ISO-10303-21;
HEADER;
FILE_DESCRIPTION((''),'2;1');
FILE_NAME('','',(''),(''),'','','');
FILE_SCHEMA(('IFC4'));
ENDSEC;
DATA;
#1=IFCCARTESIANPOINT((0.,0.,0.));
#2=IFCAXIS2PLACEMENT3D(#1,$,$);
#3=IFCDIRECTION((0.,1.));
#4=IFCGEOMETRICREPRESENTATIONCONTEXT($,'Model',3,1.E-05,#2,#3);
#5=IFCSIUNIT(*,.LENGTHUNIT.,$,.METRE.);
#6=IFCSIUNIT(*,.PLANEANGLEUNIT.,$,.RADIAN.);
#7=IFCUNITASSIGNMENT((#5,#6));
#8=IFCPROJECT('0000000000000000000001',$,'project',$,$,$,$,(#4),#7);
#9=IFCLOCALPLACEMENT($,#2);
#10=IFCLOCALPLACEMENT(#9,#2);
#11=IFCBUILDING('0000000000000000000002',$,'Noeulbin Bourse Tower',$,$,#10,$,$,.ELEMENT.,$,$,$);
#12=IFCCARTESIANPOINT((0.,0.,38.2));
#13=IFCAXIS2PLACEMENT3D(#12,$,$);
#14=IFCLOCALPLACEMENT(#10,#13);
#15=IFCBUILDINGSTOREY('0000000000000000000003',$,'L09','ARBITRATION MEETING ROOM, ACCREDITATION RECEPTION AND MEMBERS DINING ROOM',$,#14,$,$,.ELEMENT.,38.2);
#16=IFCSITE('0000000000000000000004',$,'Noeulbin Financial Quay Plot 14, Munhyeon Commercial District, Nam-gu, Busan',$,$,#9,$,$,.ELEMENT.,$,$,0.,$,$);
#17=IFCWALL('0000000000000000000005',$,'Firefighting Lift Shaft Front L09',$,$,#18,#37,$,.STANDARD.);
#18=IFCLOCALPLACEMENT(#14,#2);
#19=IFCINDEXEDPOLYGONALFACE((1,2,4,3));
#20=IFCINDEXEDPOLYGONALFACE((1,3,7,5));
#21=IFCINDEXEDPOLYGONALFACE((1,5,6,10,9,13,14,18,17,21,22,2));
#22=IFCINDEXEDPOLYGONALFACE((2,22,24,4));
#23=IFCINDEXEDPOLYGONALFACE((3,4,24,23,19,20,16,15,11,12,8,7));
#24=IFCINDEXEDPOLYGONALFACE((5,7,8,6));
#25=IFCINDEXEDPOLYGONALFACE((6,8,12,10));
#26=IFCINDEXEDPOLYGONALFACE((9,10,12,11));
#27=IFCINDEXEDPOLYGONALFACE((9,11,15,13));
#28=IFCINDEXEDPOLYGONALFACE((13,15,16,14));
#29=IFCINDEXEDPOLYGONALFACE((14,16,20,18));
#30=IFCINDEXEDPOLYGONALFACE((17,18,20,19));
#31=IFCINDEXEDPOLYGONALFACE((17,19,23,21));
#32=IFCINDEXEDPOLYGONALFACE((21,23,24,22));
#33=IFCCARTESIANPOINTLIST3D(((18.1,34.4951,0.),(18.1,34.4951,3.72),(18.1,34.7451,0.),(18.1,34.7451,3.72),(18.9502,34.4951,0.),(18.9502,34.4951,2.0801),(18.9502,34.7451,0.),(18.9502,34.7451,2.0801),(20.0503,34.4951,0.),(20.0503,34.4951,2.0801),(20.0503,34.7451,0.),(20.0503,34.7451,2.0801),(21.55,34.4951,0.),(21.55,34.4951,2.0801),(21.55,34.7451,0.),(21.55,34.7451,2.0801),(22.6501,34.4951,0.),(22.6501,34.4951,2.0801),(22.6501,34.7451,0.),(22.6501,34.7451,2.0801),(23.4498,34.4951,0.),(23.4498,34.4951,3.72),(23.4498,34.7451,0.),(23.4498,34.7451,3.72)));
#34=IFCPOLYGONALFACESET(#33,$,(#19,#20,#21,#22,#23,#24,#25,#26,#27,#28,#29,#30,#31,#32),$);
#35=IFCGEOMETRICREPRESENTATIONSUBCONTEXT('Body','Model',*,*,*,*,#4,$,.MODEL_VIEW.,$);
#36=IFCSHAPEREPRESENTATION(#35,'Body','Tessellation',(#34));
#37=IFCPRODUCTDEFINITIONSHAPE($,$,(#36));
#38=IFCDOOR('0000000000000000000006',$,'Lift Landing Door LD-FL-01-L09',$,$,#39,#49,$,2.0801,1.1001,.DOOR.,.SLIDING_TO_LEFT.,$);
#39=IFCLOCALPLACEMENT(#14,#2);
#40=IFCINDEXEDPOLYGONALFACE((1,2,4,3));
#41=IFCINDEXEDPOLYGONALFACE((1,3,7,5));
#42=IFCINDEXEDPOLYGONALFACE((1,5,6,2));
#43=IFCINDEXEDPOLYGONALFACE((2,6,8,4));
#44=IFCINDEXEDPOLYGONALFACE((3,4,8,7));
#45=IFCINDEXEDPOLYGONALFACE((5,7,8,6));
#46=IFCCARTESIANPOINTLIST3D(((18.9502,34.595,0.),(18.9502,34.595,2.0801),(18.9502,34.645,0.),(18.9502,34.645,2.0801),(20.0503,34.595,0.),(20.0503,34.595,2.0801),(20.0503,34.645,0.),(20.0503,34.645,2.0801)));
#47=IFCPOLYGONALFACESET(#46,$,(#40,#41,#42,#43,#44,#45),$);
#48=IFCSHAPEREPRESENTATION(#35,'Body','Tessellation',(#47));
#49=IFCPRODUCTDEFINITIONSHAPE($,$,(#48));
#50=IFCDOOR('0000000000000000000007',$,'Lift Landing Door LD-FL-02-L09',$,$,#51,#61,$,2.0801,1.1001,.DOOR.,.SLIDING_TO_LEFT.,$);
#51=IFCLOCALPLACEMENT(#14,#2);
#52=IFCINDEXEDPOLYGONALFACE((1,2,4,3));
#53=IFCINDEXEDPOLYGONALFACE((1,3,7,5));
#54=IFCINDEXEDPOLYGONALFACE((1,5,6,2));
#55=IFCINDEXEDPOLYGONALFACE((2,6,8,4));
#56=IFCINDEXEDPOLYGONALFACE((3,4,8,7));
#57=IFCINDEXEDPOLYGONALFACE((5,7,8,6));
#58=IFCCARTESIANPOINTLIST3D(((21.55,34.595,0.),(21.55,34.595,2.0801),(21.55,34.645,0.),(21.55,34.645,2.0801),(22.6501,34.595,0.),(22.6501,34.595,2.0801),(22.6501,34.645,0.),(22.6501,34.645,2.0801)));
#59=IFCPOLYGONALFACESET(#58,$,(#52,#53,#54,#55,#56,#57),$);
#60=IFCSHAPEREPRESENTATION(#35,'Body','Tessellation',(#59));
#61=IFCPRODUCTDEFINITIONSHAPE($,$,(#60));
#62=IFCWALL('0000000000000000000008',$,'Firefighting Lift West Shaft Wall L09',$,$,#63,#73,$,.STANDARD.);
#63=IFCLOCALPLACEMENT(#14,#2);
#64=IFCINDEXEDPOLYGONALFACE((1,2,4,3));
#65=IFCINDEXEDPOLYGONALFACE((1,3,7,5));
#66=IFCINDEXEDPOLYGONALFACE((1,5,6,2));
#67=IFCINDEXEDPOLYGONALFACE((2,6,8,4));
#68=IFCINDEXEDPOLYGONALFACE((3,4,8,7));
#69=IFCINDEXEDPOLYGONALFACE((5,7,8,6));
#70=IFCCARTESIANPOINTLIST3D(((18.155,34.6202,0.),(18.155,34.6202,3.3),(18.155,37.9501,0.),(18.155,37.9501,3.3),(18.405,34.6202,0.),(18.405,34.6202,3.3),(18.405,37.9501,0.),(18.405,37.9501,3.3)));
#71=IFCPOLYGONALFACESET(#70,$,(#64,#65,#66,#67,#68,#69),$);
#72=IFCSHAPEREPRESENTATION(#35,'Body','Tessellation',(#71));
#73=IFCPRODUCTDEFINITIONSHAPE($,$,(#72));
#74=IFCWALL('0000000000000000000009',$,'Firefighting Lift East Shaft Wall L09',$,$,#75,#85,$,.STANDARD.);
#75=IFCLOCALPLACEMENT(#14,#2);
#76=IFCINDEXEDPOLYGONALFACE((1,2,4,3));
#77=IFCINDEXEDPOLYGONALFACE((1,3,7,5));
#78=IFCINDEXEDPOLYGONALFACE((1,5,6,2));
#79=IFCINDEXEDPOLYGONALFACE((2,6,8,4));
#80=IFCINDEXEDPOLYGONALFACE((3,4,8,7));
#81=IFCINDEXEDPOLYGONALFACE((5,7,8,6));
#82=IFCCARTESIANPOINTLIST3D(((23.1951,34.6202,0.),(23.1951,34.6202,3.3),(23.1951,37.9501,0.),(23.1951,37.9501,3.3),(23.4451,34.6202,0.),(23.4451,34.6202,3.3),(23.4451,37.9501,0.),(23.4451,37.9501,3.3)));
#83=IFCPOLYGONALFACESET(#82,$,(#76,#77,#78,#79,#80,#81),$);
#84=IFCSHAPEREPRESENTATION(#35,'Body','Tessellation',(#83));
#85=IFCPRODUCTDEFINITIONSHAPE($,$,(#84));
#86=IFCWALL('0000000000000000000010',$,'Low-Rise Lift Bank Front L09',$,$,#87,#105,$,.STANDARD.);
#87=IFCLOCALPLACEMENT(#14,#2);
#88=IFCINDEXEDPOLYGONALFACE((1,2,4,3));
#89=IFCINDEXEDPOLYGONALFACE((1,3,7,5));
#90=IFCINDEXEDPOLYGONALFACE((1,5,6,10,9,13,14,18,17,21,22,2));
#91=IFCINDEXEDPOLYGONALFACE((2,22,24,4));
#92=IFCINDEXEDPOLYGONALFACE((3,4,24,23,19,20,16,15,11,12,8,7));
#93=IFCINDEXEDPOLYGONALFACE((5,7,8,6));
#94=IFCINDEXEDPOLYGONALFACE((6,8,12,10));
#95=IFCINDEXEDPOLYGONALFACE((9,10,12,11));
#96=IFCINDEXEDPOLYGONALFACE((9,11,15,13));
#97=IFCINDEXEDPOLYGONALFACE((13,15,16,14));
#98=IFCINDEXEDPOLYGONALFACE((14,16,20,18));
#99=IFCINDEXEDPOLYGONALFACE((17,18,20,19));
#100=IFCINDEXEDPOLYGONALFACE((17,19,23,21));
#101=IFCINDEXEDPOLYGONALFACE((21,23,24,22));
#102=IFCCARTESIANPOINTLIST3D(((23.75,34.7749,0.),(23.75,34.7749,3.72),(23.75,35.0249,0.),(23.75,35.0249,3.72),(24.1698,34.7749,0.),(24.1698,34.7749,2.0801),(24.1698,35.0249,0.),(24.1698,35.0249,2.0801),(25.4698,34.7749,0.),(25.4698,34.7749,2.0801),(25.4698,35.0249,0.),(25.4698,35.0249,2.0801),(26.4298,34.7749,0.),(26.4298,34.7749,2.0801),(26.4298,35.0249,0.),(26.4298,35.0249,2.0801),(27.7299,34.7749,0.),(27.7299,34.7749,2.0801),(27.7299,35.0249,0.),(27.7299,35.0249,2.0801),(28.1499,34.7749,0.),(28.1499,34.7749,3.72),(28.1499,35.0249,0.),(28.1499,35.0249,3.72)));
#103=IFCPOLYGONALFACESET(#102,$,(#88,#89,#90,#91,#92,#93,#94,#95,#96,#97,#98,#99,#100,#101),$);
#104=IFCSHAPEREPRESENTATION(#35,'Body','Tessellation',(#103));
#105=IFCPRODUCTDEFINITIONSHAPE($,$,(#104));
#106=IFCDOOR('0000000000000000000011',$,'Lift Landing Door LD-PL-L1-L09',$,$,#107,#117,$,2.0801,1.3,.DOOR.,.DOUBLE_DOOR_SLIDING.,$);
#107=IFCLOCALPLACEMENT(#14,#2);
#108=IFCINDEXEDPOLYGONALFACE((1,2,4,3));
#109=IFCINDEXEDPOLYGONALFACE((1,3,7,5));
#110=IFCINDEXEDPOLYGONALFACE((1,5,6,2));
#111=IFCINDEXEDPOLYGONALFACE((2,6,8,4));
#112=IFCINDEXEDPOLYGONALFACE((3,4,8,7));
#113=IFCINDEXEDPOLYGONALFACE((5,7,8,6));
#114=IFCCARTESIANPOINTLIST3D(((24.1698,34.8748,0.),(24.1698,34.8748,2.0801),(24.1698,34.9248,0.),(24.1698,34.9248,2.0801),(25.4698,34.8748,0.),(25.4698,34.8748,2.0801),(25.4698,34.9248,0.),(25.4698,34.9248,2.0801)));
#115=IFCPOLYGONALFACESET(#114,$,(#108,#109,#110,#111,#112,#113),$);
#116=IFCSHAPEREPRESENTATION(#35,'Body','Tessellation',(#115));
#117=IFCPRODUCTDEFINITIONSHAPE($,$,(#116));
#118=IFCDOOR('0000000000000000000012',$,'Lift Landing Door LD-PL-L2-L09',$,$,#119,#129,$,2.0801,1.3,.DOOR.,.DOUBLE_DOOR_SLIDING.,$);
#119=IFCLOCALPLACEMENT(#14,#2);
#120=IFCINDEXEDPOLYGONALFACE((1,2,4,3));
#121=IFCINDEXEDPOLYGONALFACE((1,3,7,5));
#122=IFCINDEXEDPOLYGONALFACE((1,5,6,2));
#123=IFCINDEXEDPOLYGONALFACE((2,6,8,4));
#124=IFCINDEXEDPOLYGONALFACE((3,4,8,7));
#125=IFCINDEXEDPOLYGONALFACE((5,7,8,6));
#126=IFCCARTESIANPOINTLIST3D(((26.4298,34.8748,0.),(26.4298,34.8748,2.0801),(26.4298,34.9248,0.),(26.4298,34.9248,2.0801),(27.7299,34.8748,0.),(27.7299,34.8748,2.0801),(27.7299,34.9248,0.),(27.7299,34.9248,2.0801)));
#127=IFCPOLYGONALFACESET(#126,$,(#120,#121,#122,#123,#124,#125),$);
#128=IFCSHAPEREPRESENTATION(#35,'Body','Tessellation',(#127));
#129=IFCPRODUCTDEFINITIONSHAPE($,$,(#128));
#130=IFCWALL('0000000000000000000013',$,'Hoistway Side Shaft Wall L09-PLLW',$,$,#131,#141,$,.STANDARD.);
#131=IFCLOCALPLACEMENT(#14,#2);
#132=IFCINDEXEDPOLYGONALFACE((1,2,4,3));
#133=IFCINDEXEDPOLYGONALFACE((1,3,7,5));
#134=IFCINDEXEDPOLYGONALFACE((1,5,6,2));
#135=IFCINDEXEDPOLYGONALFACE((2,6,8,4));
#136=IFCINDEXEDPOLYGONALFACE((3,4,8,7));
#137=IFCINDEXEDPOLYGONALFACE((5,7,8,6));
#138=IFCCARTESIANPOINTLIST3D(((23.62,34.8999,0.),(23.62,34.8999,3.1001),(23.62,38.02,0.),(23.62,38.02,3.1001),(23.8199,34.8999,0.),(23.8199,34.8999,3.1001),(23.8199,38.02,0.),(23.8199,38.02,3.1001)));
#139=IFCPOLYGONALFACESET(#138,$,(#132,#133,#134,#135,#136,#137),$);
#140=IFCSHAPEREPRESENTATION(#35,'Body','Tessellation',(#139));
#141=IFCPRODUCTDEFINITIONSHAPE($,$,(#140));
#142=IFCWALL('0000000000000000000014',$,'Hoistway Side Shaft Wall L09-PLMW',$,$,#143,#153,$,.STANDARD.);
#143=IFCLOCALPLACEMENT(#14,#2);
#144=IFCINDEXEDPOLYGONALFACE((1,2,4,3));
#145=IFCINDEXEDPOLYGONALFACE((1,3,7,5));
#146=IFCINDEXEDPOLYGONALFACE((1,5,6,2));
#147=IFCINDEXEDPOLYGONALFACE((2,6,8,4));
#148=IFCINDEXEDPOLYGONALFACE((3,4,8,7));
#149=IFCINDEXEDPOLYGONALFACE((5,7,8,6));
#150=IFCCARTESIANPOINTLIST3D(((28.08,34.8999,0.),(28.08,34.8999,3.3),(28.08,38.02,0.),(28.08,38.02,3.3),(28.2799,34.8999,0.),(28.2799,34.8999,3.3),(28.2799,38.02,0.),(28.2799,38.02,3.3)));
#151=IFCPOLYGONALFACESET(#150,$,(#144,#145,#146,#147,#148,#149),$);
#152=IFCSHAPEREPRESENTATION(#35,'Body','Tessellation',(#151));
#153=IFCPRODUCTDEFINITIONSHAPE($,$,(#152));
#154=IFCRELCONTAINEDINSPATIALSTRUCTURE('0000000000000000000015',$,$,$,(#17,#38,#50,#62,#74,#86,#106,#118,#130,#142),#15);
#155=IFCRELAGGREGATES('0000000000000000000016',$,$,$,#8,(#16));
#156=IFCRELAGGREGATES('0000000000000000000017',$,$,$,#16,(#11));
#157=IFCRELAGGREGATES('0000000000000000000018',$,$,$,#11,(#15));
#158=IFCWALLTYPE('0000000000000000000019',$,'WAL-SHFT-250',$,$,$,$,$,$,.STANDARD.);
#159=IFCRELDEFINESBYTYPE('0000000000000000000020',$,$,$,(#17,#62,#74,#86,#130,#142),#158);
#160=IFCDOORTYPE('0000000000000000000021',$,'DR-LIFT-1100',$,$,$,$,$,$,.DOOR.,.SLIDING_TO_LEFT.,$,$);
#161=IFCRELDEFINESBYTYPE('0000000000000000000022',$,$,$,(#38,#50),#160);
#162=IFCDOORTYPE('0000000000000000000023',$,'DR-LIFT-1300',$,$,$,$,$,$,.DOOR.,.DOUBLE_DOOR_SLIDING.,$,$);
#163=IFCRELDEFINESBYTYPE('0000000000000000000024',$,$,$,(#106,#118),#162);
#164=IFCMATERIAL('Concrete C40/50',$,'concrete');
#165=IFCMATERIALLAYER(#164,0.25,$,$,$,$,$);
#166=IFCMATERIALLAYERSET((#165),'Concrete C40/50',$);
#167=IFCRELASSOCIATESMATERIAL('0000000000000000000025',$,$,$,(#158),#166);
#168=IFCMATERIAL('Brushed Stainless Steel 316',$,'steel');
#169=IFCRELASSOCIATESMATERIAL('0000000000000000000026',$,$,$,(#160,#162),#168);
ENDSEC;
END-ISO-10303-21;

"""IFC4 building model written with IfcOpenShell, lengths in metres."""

from ifc_helpers import new_model, si_unit, direction, frame, frame_2d, origin, place, context, subcontext, project, spatial, rectangle, extrude, material, layer, layer_set, type_object, element, fill, save


model = new_model("IFC4")

# Units and contexts
model_context = context("Model", 3, precision=1e-05, world=origin(), true_north=direction((0.0, 1.0)))
body_context = subcontext(model_context, "Body", "Model", "MODEL_VIEW")
ifc_project = project(units=[si_unit("LENGTHUNIT", "METRE"), si_unit("PLANEANGLEUNIT", "RADIAN")], contexts=[model_context])

# Site, building, storey
site_placement = place(None, origin())
site = spatial("IfcSite", under=ifc_project, at=site_placement, Name="Noeulbin Financial Quay Plot 14, Munhyeon Commercial District, Nam-gu, Busan", CompositionType="ELEMENT", RefElevation=0.0)
building_placement = place(site_placement, origin())
building = spatial("IfcBuilding", under=site, at=building_placement, Name="Noeulbin Bourse Tower", CompositionType="ELEMENT")
storey_placement = place(building_placement, frame((0.0, 0.0, 38.2)))
storey = spatial("IfcBuildingStorey", under=building, at=storey_placement, Name="L09", Description="ARBITRATION MEETING ROOM, ACCREDITATION RECEPTION AND MEMBERS DINING ROOM", CompositionType="ELEMENT", Elevation=38.2)

# Shared definitions
ifc_material_1 = material(Name="Concrete C40/50", Category="concrete")

# Shared definitions
ifc_layer_1 = layer(ifc_material_1, 0.25)
ifc_layer_set_1 = layer_set([ifc_layer_1], Name="Concrete C40/50")
wall_type_1 = type_object("IfcWallType", Name="WAL-SHFT-250", PredefinedType="STANDARD", material=ifc_layer_set_1)

# Wall, openings, doors
wall_1_placement = place(storey_placement, frame((18.1001, 34.6201, 0.0), z_axis=(0.0, 0.0, 1.0), x_axis=(1.0, 0.0, 0.0)))
wall_1 = element("IfcWall", 1, at=wall_1_placement, inside=storey, type_object=wall_type_1, Name="Firefighting Lift Shaft Front L09", PredefinedType="STANDARD", context=body_context, shape_type="SweptSolid", body=[
    extrude(rectangle(XDim=5.3499, YDim=0.25, at=frame_2d((2.6748, 0.0))), origin(), (0.0, 0.0, 1.0), 3.72),
])
opening_1_placement = place(wall_1_placement, frame((0.8501, 0.0, 0.0)))
opening_1 = element("IfcOpeningElement", 2, at=opening_1_placement, cuts=wall_1, PredefinedType="OPENING", context=body_context, shape_type="SweptSolid", body=[
    extrude(rectangle(XDim=1.1001, YDim=2.0801, at=frame_2d((0.55, 1.04))), frame((0.0, 0.135, 0.0), z_axis=(0.0, -1.0, 0.0), x_axis=(1.0, 0.0, 0.0)), (0.0, 0.0, 1.0), 0.27),
])
opening_2_placement = place(wall_1_placement, frame((3.45, 0.0, 0.0)))
opening_2 = element("IfcOpeningElement", 3, at=opening_2_placement, cuts=wall_1, PredefinedType="OPENING", context=body_context, shape_type="SweptSolid", body=[
    extrude(rectangle(XDim=1.1001, YDim=2.0801, at=frame_2d((0.55, 1.04))), frame((0.0, 0.135, 0.0), z_axis=(0.0, -1.0, 0.0), x_axis=(1.0, 0.0, 0.0)), (0.0, 0.0, 1.0), 0.27),
])
ifc_material_2 = material(Name="Brushed Stainless Steel 316", Category="steel")
door_type_1 = type_object("IfcDoorType", Name="DR-LIFT-1100", OperationType="SLIDING_TO_LEFT", PredefinedType="DOOR", material=ifc_material_2)
door_1_placement = place(opening_1_placement, origin())
door_1 = element("IfcDoor", 4, at=door_1_placement, inside=storey, type_object=door_type_1, Name="Lift Landing Door LD-FL-01-L09", OperationType="SLIDING_TO_LEFT", OverallHeight=2.0801, OverallWidth=1.1001, PredefinedType="DOOR", context=body_context, shape_type="SweptSolid", body=[
    extrude(rectangle(XDim=1.1001, YDim=2.0801, at=frame_2d((0.55, 1.04))), frame((0.0, 0.0249, 0.0), z_axis=(0.0, -1.0, 0.0), x_axis=(1.0, 0.0, 0.0)), (0.0, 0.0, 1.0), 0.05),
])
fill(opening_1, door_1)
door_2_placement = place(opening_2_placement, origin())
door_2 = element("IfcDoor", 5, at=door_2_placement, inside=storey, type_object=door_type_1, Name="Lift Landing Door LD-FL-02-L09", OperationType="SLIDING_TO_LEFT", OverallHeight=2.0801, OverallWidth=1.1001, PredefinedType="DOOR", context=body_context, shape_type="SweptSolid", body=[
    extrude(rectangle(XDim=1.1001, YDim=2.0801, at=frame_2d((0.55, 1.04))), frame((0.0, 0.0249, 0.0), z_axis=(0.0, -1.0, 0.0), x_axis=(1.0, 0.0, 0.0)), (0.0, 0.0, 1.0), 0.05),
])
fill(opening_2, door_2)

# Walls
for number, where, z_axis, x_axis, name in (
    (6, (18.28, 34.6201, 0.0), (0.0, 0.0, 1.0), (0.0, 1.0, 0.0), "Firefighting Lift West Shaft Wall L09"),
    (7, (23.3201, 34.6201, 0.0), (0.0, 0.0, 1.0), (0.0, 1.0, 0.0), "Firefighting Lift East Shaft Wall L09"),
):
    element("IfcWall", number, at=place(storey_placement, frame(where, z_axis=z_axis, x_axis=x_axis)), inside=storey, type_object=wall_type_1, Name=name, PredefinedType="STANDARD", context=body_context, shape_type="SweptSolid", body=[
        extrude(rectangle(XDim=3.3298, YDim=0.25, at=frame_2d((1.665, 0.0))), origin(), (0.0, 0.0, 1.0), 3.3),
    ])

# Wall, openings, doors
wall_2_placement = place(storey_placement, frame((23.75, 34.8999, 0.0), z_axis=(0.0, 0.0, 1.0), x_axis=(1.0, 0.0, 0.0)))
wall_2 = element("IfcWall", 8, at=wall_2_placement, inside=storey, type_object=wall_type_1, Name="Low-Rise Lift Bank Front L09", PredefinedType="STANDARD", context=body_context, shape_type="SweptSolid", body=[
    extrude(rectangle(XDim=4.3999, YDim=0.25, at=frame_2d((2.2, 0.0))), origin(), (0.0, 0.0, 1.0), 3.72),
])
opening_3_placement = place(wall_2_placement, frame((0.4199, 0.0, 0.0)))
opening_3 = element("IfcOpeningElement", 9, at=opening_3_placement, cuts=wall_2, PredefinedType="OPENING", context=body_context, shape_type="SweptSolid", body=[
    extrude(rectangle(XDim=1.3, YDim=2.0801, at=frame_2d((0.6499, 1.04))), frame((0.0, 0.135, 0.0), z_axis=(0.0, -1.0, 0.0), x_axis=(1.0, 0.0, 0.0)), (0.0, 0.0, 1.0), 0.27),
])
opening_4_placement = place(wall_2_placement, frame((2.6799, 0.0, 0.0)))
opening_4 = element("IfcOpeningElement", 10, at=opening_4_placement, cuts=wall_2, PredefinedType="OPENING", context=body_context, shape_type="SweptSolid", body=[
    extrude(rectangle(XDim=1.3, YDim=2.0801, at=frame_2d((0.6499, 1.04))), frame((0.0, 0.135, 0.0), z_axis=(0.0, -1.0, 0.0), x_axis=(1.0, 0.0, 0.0)), (0.0, 0.0, 1.0), 0.27),
])
door_type_2 = type_object("IfcDoorType", Name="DR-LIFT-1300", OperationType="DOUBLE_DOOR_SLIDING", PredefinedType="DOOR", material=ifc_material_2)
door_3_placement = place(opening_3_placement, origin())
door_3 = element("IfcDoor", 11, at=door_3_placement, inside=storey, type_object=door_type_2, Name="Lift Landing Door LD-PL-L1-L09", OperationType="DOUBLE_DOOR_SLIDING", OverallHeight=2.0801, OverallWidth=1.3, PredefinedType="DOOR", context=body_context, shape_type="SweptSolid", body=[
    extrude(rectangle(XDim=1.3, YDim=2.0801, at=frame_2d((0.6499, 1.04))), frame((0.0, 0.0249, 0.0), z_axis=(0.0, -1.0, 0.0), x_axis=(1.0, 0.0, 0.0)), (0.0, 0.0, 1.0), 0.05),
])
fill(opening_3, door_3)
door_4_placement = place(opening_4_placement, origin())
door_4 = element("IfcDoor", 12, at=door_4_placement, inside=storey, type_object=door_type_2, Name="Lift Landing Door LD-PL-L2-L09", OperationType="DOUBLE_DOOR_SLIDING", OverallHeight=2.0801, OverallWidth=1.3, PredefinedType="DOOR", context=body_context, shape_type="SweptSolid", body=[
    extrude(rectangle(XDim=1.3, YDim=2.0801, at=frame_2d((0.6499, 1.04))), frame((0.0, 0.0249, 0.0), z_axis=(0.0, -1.0, 0.0), x_axis=(1.0, 0.0, 0.0)), (0.0, 0.0, 1.0), 0.05),
])
fill(opening_4, door_4)

# Walls
wall_3_placement = place(storey_placement, frame((23.72, 34.8999, 0.0), z_axis=(0.0, 0.0, 1.0), x_axis=(0.0, 1.0, 0.0)))
element("IfcWall", 13, at=wall_3_placement, inside=storey, type_object=wall_type_1, Name="Hoistway Side Shaft Wall L09-PLLW", PredefinedType="STANDARD", context=body_context, shape_type="SweptSolid", body=[
    extrude(rectangle(XDim=3.1201, YDim=0.2, at=frame_2d((1.5601, 0.0))), origin(), (0.0, 0.0, 1.0), 3.1001),
])
wall_4_placement = place(storey_placement, frame((28.1799, 34.8999, 0.0), z_axis=(0.0, 0.0, 1.0), x_axis=(0.0, 1.0, 0.0)))
element("IfcWall", 14, at=wall_4_placement, inside=storey, type_object=wall_type_1, Name="Hoistway Side Shaft Wall L09-PLMW", PredefinedType="STANDARD", context=body_context, shape_type="SweptSolid", body=[
    extrude(rectangle(XDim=3.1201, YDim=0.2, at=frame_2d((1.5601, 0.0))), origin(), (0.0, 0.0, 1.0), 3.3),
])

save(model, "model.ifc")
